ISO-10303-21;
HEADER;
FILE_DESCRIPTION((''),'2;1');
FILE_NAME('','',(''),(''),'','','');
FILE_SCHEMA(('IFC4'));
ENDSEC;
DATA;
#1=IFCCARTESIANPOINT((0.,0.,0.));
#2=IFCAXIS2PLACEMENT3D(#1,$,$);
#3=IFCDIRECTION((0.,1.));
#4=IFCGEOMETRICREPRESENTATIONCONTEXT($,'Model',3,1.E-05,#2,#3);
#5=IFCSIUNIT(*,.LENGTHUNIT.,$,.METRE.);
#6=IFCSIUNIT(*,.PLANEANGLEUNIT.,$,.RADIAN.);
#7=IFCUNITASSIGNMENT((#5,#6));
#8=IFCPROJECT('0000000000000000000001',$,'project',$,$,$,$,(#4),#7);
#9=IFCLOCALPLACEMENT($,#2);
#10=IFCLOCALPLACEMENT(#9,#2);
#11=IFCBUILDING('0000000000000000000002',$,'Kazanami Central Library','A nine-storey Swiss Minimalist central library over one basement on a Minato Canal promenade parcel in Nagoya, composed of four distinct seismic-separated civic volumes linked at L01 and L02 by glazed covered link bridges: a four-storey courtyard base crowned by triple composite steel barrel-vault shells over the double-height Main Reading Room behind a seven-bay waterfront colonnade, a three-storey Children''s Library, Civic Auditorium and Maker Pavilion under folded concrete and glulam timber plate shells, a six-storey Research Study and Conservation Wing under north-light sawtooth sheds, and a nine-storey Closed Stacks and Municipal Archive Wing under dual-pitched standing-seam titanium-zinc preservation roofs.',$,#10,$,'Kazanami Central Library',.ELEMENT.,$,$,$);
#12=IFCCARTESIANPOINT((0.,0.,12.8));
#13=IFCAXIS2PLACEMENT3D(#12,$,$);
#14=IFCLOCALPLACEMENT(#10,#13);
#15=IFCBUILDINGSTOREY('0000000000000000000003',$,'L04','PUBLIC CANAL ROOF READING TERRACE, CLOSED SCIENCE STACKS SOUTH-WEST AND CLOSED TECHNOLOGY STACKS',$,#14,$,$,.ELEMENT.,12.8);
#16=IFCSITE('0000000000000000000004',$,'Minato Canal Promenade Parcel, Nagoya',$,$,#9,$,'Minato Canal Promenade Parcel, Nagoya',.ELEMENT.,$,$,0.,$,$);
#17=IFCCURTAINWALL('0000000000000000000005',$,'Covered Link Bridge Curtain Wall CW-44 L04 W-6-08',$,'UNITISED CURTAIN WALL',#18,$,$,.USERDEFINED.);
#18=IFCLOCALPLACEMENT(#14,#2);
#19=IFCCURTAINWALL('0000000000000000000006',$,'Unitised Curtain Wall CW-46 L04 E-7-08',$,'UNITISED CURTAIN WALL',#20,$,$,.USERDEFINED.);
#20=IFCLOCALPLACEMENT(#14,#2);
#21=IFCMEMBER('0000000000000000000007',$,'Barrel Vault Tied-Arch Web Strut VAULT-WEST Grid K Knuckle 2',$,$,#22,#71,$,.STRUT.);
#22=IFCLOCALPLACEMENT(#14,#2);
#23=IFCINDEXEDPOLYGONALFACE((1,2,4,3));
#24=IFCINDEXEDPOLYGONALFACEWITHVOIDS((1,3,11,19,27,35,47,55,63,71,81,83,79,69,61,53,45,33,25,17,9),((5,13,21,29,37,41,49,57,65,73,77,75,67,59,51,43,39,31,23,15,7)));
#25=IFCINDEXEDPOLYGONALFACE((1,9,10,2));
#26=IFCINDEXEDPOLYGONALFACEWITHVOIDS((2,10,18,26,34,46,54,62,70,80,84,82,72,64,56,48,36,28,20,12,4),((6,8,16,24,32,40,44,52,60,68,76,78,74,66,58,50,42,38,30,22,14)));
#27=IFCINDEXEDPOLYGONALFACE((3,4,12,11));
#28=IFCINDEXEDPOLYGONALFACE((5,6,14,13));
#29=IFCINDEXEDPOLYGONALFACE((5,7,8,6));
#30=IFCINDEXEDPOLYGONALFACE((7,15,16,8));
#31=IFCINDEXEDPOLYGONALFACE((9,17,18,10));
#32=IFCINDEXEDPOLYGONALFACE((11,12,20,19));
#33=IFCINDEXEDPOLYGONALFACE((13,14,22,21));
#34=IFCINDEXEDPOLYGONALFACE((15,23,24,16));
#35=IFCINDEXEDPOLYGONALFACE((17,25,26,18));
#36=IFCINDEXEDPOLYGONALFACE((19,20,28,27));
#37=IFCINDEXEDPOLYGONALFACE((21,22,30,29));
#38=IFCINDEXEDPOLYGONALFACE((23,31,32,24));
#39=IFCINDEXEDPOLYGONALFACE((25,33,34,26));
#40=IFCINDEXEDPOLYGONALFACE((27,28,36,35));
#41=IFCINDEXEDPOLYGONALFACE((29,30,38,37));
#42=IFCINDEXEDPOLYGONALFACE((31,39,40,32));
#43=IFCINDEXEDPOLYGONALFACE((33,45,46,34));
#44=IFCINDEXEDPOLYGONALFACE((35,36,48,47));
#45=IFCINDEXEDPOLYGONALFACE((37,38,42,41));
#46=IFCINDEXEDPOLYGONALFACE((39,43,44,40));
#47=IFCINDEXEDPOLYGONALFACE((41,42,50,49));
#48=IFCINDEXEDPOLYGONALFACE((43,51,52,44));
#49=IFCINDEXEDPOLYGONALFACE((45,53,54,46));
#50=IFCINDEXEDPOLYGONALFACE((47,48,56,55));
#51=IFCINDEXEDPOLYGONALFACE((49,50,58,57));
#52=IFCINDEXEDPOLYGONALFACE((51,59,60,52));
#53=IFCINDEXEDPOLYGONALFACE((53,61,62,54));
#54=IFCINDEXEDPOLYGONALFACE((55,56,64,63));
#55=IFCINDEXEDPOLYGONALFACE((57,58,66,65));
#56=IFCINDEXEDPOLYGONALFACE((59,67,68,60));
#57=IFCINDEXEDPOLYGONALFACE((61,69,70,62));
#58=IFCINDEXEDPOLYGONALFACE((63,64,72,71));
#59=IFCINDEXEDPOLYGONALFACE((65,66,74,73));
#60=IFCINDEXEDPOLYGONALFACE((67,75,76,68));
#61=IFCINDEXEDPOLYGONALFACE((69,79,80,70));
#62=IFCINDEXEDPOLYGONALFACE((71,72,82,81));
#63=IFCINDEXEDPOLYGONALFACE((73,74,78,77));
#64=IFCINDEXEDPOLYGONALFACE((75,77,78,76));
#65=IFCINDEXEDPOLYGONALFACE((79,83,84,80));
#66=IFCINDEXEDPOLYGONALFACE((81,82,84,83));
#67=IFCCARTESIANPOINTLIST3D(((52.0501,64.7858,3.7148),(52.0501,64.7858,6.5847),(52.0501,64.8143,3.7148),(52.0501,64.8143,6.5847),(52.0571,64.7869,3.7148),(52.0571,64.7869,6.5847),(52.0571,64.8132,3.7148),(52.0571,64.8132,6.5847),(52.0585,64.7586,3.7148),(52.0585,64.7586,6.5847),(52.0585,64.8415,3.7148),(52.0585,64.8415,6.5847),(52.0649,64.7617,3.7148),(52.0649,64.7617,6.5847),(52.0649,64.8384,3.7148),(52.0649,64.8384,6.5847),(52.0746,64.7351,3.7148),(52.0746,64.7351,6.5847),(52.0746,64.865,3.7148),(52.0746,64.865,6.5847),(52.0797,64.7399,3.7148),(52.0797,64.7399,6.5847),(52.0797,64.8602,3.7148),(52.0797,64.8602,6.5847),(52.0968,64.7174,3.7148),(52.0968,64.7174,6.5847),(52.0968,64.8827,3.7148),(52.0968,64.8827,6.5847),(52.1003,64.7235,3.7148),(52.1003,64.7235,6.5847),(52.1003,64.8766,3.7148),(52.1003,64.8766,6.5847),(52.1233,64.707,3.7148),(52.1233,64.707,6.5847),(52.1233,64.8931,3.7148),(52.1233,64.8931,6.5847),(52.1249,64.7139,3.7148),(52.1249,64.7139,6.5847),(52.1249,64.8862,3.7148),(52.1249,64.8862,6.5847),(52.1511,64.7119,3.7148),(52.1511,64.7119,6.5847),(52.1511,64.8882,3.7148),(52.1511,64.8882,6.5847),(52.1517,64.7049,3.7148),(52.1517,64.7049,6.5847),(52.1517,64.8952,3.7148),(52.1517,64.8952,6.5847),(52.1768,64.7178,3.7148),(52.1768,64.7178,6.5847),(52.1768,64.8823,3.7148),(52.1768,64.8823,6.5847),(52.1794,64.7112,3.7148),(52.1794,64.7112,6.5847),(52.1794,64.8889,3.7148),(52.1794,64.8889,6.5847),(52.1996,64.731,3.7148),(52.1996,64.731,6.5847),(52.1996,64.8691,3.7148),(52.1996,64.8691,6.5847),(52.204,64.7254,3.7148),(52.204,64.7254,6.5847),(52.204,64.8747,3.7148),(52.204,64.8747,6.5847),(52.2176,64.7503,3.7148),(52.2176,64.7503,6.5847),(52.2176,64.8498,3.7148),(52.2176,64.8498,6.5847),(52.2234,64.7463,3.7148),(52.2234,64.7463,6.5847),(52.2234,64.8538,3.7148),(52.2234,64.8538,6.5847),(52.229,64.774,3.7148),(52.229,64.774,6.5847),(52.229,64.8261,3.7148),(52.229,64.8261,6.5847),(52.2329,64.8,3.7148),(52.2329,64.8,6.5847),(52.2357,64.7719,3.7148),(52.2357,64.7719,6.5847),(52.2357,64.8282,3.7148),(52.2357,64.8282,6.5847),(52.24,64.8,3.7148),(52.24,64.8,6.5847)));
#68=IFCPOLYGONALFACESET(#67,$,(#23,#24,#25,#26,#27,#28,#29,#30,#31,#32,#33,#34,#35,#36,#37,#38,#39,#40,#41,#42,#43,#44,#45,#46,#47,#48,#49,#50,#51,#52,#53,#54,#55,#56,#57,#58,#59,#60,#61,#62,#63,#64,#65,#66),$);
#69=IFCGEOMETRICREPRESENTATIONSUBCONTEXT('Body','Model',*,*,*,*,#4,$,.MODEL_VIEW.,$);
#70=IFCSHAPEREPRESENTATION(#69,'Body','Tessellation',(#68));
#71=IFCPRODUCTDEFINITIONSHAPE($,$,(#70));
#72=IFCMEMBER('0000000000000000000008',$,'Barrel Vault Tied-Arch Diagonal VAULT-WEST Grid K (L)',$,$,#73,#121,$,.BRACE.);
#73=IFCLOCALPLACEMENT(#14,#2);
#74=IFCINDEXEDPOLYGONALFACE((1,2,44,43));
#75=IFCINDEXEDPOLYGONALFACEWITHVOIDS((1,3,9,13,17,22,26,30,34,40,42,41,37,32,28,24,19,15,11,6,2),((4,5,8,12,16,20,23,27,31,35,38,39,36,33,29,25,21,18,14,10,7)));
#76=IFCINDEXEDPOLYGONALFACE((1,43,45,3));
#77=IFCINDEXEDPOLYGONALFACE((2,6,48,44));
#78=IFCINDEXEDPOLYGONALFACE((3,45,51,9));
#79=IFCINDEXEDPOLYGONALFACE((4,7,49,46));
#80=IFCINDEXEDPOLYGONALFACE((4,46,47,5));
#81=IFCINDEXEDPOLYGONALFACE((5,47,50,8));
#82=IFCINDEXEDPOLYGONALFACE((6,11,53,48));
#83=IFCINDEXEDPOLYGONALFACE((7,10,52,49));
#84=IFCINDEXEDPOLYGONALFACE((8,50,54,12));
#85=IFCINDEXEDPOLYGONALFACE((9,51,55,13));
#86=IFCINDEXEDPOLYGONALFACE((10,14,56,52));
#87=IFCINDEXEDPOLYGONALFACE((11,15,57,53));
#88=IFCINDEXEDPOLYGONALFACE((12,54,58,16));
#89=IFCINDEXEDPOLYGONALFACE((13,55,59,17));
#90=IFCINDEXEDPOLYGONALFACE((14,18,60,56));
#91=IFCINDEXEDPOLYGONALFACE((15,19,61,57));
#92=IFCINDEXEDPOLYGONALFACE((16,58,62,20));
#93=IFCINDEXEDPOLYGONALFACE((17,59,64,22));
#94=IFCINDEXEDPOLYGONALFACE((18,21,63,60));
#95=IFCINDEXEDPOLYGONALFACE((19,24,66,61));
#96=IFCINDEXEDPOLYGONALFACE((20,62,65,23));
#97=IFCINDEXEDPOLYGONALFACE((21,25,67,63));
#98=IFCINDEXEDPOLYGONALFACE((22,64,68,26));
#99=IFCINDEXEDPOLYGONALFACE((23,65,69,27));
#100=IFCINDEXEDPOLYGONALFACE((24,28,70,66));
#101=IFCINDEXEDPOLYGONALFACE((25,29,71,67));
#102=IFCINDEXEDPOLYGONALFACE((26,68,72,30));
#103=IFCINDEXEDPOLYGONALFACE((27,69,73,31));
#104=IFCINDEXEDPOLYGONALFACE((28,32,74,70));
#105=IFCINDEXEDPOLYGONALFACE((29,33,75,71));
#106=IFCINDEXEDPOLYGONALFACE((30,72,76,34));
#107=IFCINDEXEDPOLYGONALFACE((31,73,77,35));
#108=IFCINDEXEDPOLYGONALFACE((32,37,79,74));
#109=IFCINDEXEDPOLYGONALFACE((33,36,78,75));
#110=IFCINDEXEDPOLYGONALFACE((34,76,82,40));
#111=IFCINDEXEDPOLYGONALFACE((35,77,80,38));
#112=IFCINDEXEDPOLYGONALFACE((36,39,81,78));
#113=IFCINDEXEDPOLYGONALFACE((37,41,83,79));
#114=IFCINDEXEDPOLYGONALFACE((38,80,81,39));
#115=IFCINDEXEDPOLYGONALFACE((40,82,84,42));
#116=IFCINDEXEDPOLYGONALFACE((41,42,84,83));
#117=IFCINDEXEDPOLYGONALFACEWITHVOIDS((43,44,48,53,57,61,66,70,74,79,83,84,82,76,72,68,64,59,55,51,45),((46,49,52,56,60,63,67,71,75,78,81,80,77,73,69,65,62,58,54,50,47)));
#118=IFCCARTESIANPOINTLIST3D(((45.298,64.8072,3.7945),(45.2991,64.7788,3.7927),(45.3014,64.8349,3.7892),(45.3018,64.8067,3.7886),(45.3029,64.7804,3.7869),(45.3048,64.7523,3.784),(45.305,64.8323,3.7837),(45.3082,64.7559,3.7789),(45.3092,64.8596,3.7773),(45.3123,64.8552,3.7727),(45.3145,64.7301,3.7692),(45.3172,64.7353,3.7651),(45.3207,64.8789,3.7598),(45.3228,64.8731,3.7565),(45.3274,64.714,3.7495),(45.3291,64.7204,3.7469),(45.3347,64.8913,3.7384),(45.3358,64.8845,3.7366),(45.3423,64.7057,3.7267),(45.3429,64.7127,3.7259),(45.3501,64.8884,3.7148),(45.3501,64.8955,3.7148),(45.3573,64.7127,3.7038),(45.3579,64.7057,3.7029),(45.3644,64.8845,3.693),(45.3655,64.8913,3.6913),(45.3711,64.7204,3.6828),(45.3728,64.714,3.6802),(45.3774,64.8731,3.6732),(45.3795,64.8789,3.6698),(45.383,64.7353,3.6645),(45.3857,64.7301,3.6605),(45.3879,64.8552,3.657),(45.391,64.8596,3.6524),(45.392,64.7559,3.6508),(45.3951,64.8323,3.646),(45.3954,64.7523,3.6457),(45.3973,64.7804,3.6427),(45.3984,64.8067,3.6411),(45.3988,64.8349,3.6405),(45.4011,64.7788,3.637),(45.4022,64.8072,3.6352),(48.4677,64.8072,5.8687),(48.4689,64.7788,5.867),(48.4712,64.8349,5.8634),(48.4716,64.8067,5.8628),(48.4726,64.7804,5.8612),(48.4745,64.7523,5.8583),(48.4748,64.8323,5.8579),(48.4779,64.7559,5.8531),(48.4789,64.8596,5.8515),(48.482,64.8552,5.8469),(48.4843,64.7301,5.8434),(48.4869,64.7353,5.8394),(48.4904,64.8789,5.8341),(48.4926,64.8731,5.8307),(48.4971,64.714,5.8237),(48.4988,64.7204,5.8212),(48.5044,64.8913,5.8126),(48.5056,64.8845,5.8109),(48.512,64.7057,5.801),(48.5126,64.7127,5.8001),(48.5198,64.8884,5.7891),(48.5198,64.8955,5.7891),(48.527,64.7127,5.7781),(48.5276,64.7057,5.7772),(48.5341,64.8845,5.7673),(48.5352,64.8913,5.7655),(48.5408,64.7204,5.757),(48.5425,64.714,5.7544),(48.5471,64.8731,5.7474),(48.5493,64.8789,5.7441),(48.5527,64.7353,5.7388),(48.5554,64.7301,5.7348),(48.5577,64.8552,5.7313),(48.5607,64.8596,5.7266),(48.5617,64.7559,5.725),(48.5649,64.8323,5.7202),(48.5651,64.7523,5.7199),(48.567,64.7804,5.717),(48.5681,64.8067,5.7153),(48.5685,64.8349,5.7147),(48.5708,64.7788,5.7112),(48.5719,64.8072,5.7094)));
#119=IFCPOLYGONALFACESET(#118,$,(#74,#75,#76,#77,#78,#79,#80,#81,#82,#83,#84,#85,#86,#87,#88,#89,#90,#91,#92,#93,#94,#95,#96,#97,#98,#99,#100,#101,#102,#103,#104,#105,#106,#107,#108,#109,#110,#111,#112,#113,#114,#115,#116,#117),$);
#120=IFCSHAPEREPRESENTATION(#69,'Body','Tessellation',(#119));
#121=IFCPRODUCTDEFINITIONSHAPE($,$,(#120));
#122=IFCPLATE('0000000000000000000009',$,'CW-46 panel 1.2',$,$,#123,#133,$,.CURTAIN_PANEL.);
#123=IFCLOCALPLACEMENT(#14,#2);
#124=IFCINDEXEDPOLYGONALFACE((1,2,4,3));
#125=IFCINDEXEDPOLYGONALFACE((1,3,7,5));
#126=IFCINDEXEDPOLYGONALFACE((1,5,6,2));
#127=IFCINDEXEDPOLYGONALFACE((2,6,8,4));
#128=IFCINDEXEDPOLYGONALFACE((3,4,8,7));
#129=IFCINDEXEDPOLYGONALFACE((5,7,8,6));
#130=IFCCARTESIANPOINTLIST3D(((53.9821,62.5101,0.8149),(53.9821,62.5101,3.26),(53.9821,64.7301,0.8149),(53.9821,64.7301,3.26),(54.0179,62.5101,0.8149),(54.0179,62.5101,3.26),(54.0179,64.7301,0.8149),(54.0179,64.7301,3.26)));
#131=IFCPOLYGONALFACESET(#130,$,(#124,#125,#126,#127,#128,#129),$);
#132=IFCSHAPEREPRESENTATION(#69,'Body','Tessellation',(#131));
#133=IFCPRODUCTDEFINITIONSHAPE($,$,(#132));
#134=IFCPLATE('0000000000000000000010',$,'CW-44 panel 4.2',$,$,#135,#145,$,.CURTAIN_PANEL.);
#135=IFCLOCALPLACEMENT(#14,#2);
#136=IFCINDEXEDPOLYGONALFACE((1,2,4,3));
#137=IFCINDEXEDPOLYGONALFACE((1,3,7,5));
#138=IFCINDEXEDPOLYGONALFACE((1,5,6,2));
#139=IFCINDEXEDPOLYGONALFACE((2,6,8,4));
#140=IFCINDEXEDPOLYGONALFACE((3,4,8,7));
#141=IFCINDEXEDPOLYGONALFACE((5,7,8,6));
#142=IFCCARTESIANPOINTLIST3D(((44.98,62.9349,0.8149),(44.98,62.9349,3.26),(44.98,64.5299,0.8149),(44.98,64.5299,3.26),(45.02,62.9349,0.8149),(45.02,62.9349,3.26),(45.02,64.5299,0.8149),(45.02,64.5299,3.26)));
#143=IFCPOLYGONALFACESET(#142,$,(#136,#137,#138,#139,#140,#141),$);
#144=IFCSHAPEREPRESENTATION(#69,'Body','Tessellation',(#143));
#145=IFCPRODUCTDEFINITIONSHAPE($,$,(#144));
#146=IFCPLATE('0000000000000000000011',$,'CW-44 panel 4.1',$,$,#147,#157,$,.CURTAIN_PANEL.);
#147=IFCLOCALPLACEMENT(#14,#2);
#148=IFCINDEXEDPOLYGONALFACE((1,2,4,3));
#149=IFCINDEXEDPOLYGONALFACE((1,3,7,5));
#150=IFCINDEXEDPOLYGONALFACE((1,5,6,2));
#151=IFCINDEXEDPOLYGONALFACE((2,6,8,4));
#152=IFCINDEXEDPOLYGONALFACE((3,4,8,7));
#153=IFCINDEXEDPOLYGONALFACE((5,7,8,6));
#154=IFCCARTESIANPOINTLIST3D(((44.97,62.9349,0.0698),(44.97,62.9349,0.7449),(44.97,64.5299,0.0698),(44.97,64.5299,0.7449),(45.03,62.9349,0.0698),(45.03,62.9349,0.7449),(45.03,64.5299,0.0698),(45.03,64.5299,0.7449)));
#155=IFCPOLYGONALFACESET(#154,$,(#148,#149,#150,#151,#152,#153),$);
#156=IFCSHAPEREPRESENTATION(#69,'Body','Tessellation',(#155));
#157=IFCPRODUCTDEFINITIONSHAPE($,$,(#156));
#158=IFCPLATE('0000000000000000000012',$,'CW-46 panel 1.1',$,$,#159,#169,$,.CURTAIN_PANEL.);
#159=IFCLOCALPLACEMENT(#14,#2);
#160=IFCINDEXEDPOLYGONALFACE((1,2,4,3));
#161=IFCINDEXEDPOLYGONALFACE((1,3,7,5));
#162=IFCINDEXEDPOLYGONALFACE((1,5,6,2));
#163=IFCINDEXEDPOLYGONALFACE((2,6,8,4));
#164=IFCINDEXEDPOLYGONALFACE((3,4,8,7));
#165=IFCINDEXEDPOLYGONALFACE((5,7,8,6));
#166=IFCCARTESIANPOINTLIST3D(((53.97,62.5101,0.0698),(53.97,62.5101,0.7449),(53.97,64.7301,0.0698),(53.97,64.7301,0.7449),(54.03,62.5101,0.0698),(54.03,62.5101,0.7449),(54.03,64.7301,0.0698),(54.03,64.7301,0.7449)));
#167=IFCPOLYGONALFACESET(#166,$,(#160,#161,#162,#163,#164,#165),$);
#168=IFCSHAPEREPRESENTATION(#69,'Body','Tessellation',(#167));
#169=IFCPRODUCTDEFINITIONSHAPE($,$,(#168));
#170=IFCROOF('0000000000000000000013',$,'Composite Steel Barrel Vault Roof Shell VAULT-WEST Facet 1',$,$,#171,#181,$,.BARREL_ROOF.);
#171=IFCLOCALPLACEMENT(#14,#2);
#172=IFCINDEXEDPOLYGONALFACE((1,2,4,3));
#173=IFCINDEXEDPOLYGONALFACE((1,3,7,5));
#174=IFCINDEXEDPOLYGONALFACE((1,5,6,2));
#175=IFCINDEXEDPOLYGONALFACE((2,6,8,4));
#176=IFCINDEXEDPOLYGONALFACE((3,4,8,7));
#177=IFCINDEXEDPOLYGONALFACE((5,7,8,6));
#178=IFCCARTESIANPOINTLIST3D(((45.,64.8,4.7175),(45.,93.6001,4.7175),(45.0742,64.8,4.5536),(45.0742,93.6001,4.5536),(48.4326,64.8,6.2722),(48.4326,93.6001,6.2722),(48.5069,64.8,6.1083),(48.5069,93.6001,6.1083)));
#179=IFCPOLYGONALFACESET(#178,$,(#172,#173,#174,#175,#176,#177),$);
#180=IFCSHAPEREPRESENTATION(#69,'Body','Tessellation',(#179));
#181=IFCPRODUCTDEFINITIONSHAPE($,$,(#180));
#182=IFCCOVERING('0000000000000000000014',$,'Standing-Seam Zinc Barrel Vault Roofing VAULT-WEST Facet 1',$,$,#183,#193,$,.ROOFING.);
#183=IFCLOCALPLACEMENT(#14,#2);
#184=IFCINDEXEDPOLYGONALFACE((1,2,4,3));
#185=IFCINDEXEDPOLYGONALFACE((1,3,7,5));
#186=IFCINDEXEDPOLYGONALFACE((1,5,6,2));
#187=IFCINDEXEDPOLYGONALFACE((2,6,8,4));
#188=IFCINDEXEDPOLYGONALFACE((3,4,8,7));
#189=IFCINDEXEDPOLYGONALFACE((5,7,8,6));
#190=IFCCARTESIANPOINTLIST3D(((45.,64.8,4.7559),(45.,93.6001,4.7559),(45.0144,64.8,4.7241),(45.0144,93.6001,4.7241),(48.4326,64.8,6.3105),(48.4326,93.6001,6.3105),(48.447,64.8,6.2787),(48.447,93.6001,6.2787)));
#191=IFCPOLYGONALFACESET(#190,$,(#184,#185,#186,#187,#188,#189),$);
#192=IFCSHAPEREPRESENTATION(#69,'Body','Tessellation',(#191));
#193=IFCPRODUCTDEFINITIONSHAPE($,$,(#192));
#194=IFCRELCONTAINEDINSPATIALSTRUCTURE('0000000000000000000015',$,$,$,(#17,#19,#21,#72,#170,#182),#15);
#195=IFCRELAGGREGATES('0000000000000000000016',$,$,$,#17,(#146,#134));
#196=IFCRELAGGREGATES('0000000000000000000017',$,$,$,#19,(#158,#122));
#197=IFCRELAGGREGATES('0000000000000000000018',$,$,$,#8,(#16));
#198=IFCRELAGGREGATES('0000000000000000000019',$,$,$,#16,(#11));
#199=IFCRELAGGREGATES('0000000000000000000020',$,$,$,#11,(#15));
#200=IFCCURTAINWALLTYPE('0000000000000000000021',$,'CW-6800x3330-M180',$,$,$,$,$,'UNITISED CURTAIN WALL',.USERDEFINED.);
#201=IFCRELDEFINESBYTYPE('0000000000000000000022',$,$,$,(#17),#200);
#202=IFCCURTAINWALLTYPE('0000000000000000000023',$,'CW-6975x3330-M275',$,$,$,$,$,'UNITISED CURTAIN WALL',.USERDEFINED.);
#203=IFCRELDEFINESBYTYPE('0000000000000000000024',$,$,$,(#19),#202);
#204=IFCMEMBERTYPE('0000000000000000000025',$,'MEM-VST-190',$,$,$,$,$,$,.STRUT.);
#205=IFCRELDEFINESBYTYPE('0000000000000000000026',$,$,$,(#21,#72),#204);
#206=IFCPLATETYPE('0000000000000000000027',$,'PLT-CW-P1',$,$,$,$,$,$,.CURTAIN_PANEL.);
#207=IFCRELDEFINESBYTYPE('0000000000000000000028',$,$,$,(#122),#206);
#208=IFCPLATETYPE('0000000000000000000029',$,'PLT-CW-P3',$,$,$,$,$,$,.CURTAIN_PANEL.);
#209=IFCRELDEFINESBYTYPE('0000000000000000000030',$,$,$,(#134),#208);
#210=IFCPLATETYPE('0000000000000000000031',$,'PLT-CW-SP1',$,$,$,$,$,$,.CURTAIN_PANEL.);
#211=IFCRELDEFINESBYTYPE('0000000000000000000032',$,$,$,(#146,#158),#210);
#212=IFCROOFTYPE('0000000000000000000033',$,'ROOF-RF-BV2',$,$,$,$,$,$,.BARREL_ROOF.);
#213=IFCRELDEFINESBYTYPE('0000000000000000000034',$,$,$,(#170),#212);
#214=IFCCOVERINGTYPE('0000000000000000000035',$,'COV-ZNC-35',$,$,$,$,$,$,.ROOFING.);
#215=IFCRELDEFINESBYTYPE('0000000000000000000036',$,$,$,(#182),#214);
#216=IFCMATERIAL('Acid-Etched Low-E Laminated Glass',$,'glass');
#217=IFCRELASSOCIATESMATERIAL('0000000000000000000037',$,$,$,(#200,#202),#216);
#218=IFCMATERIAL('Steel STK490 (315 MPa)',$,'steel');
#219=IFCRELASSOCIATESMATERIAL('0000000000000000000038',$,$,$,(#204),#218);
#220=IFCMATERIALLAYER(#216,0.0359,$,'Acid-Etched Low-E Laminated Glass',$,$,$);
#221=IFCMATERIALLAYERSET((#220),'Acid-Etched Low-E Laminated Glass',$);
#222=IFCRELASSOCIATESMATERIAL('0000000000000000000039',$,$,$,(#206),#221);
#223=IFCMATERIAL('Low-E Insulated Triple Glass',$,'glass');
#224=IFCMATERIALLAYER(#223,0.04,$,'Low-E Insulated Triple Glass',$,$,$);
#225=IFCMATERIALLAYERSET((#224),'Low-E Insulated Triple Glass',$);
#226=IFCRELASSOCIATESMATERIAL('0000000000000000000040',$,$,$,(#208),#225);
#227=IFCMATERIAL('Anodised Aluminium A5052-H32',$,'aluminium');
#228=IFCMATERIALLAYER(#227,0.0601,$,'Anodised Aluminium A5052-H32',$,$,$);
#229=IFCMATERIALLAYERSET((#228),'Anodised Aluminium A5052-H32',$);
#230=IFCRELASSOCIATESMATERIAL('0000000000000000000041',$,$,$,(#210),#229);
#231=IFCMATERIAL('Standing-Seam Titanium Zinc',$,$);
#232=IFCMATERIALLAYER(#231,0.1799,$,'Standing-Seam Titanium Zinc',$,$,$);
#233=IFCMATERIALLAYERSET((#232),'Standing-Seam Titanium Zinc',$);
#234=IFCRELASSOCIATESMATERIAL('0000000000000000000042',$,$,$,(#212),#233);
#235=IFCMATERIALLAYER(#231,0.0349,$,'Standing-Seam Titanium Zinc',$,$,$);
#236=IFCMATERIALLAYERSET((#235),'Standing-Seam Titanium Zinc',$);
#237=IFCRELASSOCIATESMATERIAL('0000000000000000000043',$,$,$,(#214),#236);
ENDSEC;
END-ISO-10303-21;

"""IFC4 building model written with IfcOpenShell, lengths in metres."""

from ifc_helpers import new_model, si_unit, direction, frame, origin, origin_2d, place, context, subcontext, project, spatial, polyline, rectangle, hollow_circle, outline, extrude, material, layer, layer_set, material_profile, profile_set, type_object, element, aggregate, save


model = new_model("IFC4")

# Units and contexts
model_context = context("Model", 3, precision=1e-05, world=origin(), true_north=direction((0.0, 1.0)))
body_context = subcontext(model_context, "Body", "Model", "MODEL_VIEW")
ifc_project = project(units=[si_unit("LENGTHUNIT", "METRE"), si_unit("PLANEANGLEUNIT", "RADIAN")], contexts=[model_context])

# Site, building, storey
site_placement = place(None, origin())
site = spatial("IfcSite", under=ifc_project, at=site_placement, Name="Minato Canal Promenade Parcel, Nagoya", LongName="Minato Canal Promenade Parcel, Nagoya", CompositionType="ELEMENT", RefElevation=0.0)
building_placement = place(site_placement, origin())
building = spatial("IfcBuilding", under=site, at=building_placement, Name="Kazanami Central Library", Description="A nine-storey Swiss Minimalist central library over one basement on a Minato Canal promenade parcel in Nagoya, composed of four distinct seismic-separated civic volumes linked at L01 and L02 by glazed covered link bridges: a four-storey courtyard base crowned by triple composite steel barrel-vault shells over the double-height Main Reading Room behind a seven-bay waterfront colonnade, a three-storey Children's Library, Civic Auditorium and Maker Pavilion under folded concrete and glulam timber plate shells, a six-storey Research Study and Conservation Wing under north-light sawtooth sheds, and a nine-storey Closed Stacks and Municipal Archive Wing under dual-pitched standing-seam titanium-zinc preservation roofs.", LongName="Kazanami Central Library", CompositionType="ELEMENT")
storey_placement = place(building_placement, frame((0.0, 0.0, 12.8)))
storey = spatial("IfcBuildingStorey", under=building, at=storey_placement, Name="L04", Description="PUBLIC CANAL ROOF READING TERRACE, CLOSED SCIENCE STACKS SOUTH-WEST AND CLOSED TECHNOLOGY STACKS", CompositionType="ELEMENT", Elevation=12.8)

# Shared definitions
ifc_material_1 = material(Name="Acid-Etched Low-E Laminated Glass", Category="glass")

# Curtain wall
curtain_wall_type_1 = type_object("IfcCurtainWallType", Name="CW-6800x3330-M180", ElementType="UNITISED CURTAIN WALL", PredefinedType="USERDEFINED", material=ifc_material_1)
curtain_wall_1_placement = place(storey_placement, origin())
curtain_wall_1 = element("IfcCurtainWall", 1, at=curtain_wall_1_placement, inside=storey, type_object=curtain_wall_type_1, Name="Covered Link Bridge Curtain Wall CW-44 L04 W-6-08", ObjectType="UNITISED CURTAIN WALL", PredefinedType="USERDEFINED")

# Curtain wall
curtain_wall_type_2 = type_object("IfcCurtainWallType", Name="CW-6975x3330-M275", ElementType="UNITISED CURTAIN WALL", PredefinedType="USERDEFINED", material=ifc_material_1)
curtain_wall_2_placement = place(storey_placement, origin())
curtain_wall_2 = element("IfcCurtainWall", 2, at=curtain_wall_2_placement, inside=storey, type_object=curtain_wall_type_2, Name="Unitised Curtain Wall CW-46 L04 E-7-08", ObjectType="UNITISED CURTAIN WALL", PredefinedType="USERDEFINED")

# Members
ifc_material_2 = material(Name="Steel STK490 (315 MPa)", Category="steel")
ifc_material_profile_1 = material_profile(ifc_material_2, hollow_circle(Radius=0.0955, WallThickness=0.0071, at=origin_2d()), Name="CHS-190.7x7.0")
ifc_profile_set_1 = profile_set([ifc_material_profile_1], Name="Steel STK490 (315 MPa)")
member_type_1 = type_object("IfcMemberType", Name="MEM-VST-190", PredefinedType="STRUT", material=ifc_profile_set_1)
member_1_placement = place(storey_placement, frame((52.1445, 64.8, 3.7148), z_axis=(0.0, 0.0, 1.0), x_axis=(1.0, 0.0, 0.0)))
element("IfcMember", 3, at=member_1_placement, inside=storey, type_object=member_type_1, Name="Barrel Vault Tied-Arch Web Strut VAULT-WEST Grid K Knuckle 2", PredefinedType="STRUT", context=body_context, shape_type="SweptSolid", body=[
    extrude(hollow_circle(Radius=0.0955, WallThickness=0.0071, at=origin_2d()), origin(), (0.0, 0.0, 1.0), 2.8699),
])
member_2_placement = place(storey_placement, frame((45.3501, 64.8, 3.7148), z_axis=(0.83676, 0.0, 0.547571), x_axis=(0.0, 1.0, 0.0)))
element("IfcMember", 4, at=member_2_placement, inside=storey, type_object=member_type_1, Name="Barrel Vault Tied-Arch Diagonal VAULT-WEST Grid K (L)", PredefinedType="BRACE", context=body_context, shape_type="SweptSolid", body=[
    extrude(hollow_circle(Radius=0.0955, WallThickness=0.0071, at=origin_2d()), origin(), (0.0, 0.0, 1.0), 3.7881),
])

# Plates
ifc_layer_1 = layer(ifc_material_1, 0.0359, Name="Acid-Etched Low-E Laminated Glass")
ifc_layer_set_1 = layer_set([ifc_layer_1], Name="Acid-Etched Low-E Laminated Glass")
plate_type_1 = type_object("IfcPlateType", Name="PLT-CW-P1", PredefinedType="CURTAIN_PANEL", material=ifc_layer_set_1)
plate_1_placement = place(storey_placement, frame((54.0, 63.6201, 0.8149), z_axis=(0.0, 0.0, 1.0), x_axis=(0.0, -1.0, 0.0)))
plate_1 = element("IfcPlate", 5, at=plate_1_placement, type_object=plate_type_1, Name="CW-46 panel 1.2", PredefinedType="CURTAIN_PANEL", context=body_context, shape_type="SweptSolid", body=[
    extrude(rectangle(XDim=2.22, YDim=0.0359, at=origin_2d()), origin(), (0.0, 0.0, 1.0), 2.4451),
])
ifc_material_3 = material(Name="Low-E Insulated Triple Glass", Category="glass")
ifc_layer_2 = layer(ifc_material_3, 0.04, Name="Low-E Insulated Triple Glass")
ifc_layer_set_2 = layer_set([ifc_layer_2], Name="Low-E Insulated Triple Glass")
plate_type_2 = type_object("IfcPlateType", Name="PLT-CW-P3", PredefinedType="CURTAIN_PANEL", material=ifc_layer_set_2)
plate_2_placement = place(storey_placement, frame((45.0, 63.7324, 0.8149), z_axis=(0.0, 0.0, 1.0), x_axis=(0.0, 1.0, 0.0)))
plate_2 = element("IfcPlate", 6, at=plate_2_placement, type_object=plate_type_2, Name="CW-44 panel 4.2", PredefinedType="CURTAIN_PANEL", context=body_context, shape_type="SweptSolid", body=[
    extrude(rectangle(XDim=1.595, YDim=0.04, at=origin_2d()), origin(), (0.0, 0.0, 1.0), 2.4451),
])
ifc_material_4 = material(Name="Anodised Aluminium A5052-H32", Category="aluminium")
ifc_layer_3 = layer(ifc_material_4, 0.0601, Name="Anodised Aluminium A5052-H32")
ifc_layer_set_3 = layer_set([ifc_layer_3], Name="Anodised Aluminium A5052-H32")
plate_type_3 = type_object("IfcPlateType", Name="PLT-CW-SP1", PredefinedType="CURTAIN_PANEL", material=ifc_layer_set_3)
plate_3_placement = place(storey_placement, frame((45.0, 63.7324, 0.0698), z_axis=(0.0, 0.0, 1.0), x_axis=(0.0, 1.0, 0.0)))
plate_3 = element("IfcPlate", 7, at=plate_3_placement, type_object=plate_type_3, Name="CW-44 panel 4.1", PredefinedType="CURTAIN_PANEL", context=body_context, shape_type="SweptSolid", body=[
    extrude(rectangle(XDim=1.595, YDim=0.0601, at=origin_2d()), origin(), (0.0, 0.0, 1.0), 0.675),
])
aggregate(curtain_wall_1, [plate_3, plate_2])
plate_4_placement = place(storey_placement, frame((54.0, 63.6201, 0.0698), z_axis=(0.0, 0.0, 1.0), x_axis=(0.0, -1.0, 0.0)))
plate_4 = element("IfcPlate", 8, at=plate_4_placement, type_object=plate_type_3, Name="CW-46 panel 1.1", PredefinedType="CURTAIN_PANEL", context=body_context, shape_type="SweptSolid", body=[
    extrude(rectangle(XDim=2.22, YDim=0.0601, at=origin_2d()), origin(), (0.0, 0.0, 1.0), 0.675),
])
aggregate(curtain_wall_2, [plate_4, plate_1])

# Roof
ifc_material_5 = material(Name="Standing-Seam Titanium Zinc")
ifc_layer_4 = layer(ifc_material_5, 0.1799, Name="Standing-Seam Titanium Zinc")
ifc_layer_set_4 = layer_set([ifc_layer_4], Name="Standing-Seam Titanium Zinc")
roof_type = type_object("IfcRoofType", Name="ROOF-RF-BV2", PredefinedType="BARREL_ROOF", material=ifc_layer_set_4)
roof_placement = place(storey_placement, frame((45.0, 64.8, 4.7175), z_axis=(-0.412572, 0.0, 0.910925), x_axis=(0.910925, 0.0, 0.412572)))
element("IfcRoof", 9, at=roof_placement, inside=storey, type_object=roof_type, Name="Composite Steel Barrel Vault Roof Shell VAULT-WEST Facet 1", PredefinedType="BARREL_ROOF", context=body_context, shape_type="SweptSolid", body=[
    extrude(outline(polyline([(0.0, 0.0), (3.7683, 0.0), (3.7683, 28.8), (0.0, 28.8), (0.0, 0.0)])), origin(), (0.0, 0.0, -1.0), 0.1799),
])

# Covering
ifc_layer_5 = layer(ifc_material_5, 0.0349, Name="Standing-Seam Titanium Zinc")
ifc_layer_set_5 = layer_set([ifc_layer_5], Name="Standing-Seam Titanium Zinc")
covering_type = type_object("IfcCoveringType", Name="COV-ZNC-35", PredefinedType="ROOFING", material=ifc_layer_set_5)
covering_placement = place(storey_placement, frame((45.0, 64.8, 4.7559), z_axis=(-0.412572, 0.0, 0.910925), x_axis=(0.910925, 0.0, 0.412572)))
element("IfcCovering", 10, at=covering_placement, inside=storey, type_object=covering_type, Name="Standing-Seam Zinc Barrel Vault Roofing VAULT-WEST Facet 1", PredefinedType="ROOFING", context=body_context, shape_type="SweptSolid", body=[
    extrude(outline(polyline([(0.0, 0.0), (3.7683, 0.0), (3.7683, 28.8), (0.0, 28.8), (0.0, 0.0)])), origin(), (0.0, 0.0, -1.0), 0.0349),
])

save(model, "model.ifc")
